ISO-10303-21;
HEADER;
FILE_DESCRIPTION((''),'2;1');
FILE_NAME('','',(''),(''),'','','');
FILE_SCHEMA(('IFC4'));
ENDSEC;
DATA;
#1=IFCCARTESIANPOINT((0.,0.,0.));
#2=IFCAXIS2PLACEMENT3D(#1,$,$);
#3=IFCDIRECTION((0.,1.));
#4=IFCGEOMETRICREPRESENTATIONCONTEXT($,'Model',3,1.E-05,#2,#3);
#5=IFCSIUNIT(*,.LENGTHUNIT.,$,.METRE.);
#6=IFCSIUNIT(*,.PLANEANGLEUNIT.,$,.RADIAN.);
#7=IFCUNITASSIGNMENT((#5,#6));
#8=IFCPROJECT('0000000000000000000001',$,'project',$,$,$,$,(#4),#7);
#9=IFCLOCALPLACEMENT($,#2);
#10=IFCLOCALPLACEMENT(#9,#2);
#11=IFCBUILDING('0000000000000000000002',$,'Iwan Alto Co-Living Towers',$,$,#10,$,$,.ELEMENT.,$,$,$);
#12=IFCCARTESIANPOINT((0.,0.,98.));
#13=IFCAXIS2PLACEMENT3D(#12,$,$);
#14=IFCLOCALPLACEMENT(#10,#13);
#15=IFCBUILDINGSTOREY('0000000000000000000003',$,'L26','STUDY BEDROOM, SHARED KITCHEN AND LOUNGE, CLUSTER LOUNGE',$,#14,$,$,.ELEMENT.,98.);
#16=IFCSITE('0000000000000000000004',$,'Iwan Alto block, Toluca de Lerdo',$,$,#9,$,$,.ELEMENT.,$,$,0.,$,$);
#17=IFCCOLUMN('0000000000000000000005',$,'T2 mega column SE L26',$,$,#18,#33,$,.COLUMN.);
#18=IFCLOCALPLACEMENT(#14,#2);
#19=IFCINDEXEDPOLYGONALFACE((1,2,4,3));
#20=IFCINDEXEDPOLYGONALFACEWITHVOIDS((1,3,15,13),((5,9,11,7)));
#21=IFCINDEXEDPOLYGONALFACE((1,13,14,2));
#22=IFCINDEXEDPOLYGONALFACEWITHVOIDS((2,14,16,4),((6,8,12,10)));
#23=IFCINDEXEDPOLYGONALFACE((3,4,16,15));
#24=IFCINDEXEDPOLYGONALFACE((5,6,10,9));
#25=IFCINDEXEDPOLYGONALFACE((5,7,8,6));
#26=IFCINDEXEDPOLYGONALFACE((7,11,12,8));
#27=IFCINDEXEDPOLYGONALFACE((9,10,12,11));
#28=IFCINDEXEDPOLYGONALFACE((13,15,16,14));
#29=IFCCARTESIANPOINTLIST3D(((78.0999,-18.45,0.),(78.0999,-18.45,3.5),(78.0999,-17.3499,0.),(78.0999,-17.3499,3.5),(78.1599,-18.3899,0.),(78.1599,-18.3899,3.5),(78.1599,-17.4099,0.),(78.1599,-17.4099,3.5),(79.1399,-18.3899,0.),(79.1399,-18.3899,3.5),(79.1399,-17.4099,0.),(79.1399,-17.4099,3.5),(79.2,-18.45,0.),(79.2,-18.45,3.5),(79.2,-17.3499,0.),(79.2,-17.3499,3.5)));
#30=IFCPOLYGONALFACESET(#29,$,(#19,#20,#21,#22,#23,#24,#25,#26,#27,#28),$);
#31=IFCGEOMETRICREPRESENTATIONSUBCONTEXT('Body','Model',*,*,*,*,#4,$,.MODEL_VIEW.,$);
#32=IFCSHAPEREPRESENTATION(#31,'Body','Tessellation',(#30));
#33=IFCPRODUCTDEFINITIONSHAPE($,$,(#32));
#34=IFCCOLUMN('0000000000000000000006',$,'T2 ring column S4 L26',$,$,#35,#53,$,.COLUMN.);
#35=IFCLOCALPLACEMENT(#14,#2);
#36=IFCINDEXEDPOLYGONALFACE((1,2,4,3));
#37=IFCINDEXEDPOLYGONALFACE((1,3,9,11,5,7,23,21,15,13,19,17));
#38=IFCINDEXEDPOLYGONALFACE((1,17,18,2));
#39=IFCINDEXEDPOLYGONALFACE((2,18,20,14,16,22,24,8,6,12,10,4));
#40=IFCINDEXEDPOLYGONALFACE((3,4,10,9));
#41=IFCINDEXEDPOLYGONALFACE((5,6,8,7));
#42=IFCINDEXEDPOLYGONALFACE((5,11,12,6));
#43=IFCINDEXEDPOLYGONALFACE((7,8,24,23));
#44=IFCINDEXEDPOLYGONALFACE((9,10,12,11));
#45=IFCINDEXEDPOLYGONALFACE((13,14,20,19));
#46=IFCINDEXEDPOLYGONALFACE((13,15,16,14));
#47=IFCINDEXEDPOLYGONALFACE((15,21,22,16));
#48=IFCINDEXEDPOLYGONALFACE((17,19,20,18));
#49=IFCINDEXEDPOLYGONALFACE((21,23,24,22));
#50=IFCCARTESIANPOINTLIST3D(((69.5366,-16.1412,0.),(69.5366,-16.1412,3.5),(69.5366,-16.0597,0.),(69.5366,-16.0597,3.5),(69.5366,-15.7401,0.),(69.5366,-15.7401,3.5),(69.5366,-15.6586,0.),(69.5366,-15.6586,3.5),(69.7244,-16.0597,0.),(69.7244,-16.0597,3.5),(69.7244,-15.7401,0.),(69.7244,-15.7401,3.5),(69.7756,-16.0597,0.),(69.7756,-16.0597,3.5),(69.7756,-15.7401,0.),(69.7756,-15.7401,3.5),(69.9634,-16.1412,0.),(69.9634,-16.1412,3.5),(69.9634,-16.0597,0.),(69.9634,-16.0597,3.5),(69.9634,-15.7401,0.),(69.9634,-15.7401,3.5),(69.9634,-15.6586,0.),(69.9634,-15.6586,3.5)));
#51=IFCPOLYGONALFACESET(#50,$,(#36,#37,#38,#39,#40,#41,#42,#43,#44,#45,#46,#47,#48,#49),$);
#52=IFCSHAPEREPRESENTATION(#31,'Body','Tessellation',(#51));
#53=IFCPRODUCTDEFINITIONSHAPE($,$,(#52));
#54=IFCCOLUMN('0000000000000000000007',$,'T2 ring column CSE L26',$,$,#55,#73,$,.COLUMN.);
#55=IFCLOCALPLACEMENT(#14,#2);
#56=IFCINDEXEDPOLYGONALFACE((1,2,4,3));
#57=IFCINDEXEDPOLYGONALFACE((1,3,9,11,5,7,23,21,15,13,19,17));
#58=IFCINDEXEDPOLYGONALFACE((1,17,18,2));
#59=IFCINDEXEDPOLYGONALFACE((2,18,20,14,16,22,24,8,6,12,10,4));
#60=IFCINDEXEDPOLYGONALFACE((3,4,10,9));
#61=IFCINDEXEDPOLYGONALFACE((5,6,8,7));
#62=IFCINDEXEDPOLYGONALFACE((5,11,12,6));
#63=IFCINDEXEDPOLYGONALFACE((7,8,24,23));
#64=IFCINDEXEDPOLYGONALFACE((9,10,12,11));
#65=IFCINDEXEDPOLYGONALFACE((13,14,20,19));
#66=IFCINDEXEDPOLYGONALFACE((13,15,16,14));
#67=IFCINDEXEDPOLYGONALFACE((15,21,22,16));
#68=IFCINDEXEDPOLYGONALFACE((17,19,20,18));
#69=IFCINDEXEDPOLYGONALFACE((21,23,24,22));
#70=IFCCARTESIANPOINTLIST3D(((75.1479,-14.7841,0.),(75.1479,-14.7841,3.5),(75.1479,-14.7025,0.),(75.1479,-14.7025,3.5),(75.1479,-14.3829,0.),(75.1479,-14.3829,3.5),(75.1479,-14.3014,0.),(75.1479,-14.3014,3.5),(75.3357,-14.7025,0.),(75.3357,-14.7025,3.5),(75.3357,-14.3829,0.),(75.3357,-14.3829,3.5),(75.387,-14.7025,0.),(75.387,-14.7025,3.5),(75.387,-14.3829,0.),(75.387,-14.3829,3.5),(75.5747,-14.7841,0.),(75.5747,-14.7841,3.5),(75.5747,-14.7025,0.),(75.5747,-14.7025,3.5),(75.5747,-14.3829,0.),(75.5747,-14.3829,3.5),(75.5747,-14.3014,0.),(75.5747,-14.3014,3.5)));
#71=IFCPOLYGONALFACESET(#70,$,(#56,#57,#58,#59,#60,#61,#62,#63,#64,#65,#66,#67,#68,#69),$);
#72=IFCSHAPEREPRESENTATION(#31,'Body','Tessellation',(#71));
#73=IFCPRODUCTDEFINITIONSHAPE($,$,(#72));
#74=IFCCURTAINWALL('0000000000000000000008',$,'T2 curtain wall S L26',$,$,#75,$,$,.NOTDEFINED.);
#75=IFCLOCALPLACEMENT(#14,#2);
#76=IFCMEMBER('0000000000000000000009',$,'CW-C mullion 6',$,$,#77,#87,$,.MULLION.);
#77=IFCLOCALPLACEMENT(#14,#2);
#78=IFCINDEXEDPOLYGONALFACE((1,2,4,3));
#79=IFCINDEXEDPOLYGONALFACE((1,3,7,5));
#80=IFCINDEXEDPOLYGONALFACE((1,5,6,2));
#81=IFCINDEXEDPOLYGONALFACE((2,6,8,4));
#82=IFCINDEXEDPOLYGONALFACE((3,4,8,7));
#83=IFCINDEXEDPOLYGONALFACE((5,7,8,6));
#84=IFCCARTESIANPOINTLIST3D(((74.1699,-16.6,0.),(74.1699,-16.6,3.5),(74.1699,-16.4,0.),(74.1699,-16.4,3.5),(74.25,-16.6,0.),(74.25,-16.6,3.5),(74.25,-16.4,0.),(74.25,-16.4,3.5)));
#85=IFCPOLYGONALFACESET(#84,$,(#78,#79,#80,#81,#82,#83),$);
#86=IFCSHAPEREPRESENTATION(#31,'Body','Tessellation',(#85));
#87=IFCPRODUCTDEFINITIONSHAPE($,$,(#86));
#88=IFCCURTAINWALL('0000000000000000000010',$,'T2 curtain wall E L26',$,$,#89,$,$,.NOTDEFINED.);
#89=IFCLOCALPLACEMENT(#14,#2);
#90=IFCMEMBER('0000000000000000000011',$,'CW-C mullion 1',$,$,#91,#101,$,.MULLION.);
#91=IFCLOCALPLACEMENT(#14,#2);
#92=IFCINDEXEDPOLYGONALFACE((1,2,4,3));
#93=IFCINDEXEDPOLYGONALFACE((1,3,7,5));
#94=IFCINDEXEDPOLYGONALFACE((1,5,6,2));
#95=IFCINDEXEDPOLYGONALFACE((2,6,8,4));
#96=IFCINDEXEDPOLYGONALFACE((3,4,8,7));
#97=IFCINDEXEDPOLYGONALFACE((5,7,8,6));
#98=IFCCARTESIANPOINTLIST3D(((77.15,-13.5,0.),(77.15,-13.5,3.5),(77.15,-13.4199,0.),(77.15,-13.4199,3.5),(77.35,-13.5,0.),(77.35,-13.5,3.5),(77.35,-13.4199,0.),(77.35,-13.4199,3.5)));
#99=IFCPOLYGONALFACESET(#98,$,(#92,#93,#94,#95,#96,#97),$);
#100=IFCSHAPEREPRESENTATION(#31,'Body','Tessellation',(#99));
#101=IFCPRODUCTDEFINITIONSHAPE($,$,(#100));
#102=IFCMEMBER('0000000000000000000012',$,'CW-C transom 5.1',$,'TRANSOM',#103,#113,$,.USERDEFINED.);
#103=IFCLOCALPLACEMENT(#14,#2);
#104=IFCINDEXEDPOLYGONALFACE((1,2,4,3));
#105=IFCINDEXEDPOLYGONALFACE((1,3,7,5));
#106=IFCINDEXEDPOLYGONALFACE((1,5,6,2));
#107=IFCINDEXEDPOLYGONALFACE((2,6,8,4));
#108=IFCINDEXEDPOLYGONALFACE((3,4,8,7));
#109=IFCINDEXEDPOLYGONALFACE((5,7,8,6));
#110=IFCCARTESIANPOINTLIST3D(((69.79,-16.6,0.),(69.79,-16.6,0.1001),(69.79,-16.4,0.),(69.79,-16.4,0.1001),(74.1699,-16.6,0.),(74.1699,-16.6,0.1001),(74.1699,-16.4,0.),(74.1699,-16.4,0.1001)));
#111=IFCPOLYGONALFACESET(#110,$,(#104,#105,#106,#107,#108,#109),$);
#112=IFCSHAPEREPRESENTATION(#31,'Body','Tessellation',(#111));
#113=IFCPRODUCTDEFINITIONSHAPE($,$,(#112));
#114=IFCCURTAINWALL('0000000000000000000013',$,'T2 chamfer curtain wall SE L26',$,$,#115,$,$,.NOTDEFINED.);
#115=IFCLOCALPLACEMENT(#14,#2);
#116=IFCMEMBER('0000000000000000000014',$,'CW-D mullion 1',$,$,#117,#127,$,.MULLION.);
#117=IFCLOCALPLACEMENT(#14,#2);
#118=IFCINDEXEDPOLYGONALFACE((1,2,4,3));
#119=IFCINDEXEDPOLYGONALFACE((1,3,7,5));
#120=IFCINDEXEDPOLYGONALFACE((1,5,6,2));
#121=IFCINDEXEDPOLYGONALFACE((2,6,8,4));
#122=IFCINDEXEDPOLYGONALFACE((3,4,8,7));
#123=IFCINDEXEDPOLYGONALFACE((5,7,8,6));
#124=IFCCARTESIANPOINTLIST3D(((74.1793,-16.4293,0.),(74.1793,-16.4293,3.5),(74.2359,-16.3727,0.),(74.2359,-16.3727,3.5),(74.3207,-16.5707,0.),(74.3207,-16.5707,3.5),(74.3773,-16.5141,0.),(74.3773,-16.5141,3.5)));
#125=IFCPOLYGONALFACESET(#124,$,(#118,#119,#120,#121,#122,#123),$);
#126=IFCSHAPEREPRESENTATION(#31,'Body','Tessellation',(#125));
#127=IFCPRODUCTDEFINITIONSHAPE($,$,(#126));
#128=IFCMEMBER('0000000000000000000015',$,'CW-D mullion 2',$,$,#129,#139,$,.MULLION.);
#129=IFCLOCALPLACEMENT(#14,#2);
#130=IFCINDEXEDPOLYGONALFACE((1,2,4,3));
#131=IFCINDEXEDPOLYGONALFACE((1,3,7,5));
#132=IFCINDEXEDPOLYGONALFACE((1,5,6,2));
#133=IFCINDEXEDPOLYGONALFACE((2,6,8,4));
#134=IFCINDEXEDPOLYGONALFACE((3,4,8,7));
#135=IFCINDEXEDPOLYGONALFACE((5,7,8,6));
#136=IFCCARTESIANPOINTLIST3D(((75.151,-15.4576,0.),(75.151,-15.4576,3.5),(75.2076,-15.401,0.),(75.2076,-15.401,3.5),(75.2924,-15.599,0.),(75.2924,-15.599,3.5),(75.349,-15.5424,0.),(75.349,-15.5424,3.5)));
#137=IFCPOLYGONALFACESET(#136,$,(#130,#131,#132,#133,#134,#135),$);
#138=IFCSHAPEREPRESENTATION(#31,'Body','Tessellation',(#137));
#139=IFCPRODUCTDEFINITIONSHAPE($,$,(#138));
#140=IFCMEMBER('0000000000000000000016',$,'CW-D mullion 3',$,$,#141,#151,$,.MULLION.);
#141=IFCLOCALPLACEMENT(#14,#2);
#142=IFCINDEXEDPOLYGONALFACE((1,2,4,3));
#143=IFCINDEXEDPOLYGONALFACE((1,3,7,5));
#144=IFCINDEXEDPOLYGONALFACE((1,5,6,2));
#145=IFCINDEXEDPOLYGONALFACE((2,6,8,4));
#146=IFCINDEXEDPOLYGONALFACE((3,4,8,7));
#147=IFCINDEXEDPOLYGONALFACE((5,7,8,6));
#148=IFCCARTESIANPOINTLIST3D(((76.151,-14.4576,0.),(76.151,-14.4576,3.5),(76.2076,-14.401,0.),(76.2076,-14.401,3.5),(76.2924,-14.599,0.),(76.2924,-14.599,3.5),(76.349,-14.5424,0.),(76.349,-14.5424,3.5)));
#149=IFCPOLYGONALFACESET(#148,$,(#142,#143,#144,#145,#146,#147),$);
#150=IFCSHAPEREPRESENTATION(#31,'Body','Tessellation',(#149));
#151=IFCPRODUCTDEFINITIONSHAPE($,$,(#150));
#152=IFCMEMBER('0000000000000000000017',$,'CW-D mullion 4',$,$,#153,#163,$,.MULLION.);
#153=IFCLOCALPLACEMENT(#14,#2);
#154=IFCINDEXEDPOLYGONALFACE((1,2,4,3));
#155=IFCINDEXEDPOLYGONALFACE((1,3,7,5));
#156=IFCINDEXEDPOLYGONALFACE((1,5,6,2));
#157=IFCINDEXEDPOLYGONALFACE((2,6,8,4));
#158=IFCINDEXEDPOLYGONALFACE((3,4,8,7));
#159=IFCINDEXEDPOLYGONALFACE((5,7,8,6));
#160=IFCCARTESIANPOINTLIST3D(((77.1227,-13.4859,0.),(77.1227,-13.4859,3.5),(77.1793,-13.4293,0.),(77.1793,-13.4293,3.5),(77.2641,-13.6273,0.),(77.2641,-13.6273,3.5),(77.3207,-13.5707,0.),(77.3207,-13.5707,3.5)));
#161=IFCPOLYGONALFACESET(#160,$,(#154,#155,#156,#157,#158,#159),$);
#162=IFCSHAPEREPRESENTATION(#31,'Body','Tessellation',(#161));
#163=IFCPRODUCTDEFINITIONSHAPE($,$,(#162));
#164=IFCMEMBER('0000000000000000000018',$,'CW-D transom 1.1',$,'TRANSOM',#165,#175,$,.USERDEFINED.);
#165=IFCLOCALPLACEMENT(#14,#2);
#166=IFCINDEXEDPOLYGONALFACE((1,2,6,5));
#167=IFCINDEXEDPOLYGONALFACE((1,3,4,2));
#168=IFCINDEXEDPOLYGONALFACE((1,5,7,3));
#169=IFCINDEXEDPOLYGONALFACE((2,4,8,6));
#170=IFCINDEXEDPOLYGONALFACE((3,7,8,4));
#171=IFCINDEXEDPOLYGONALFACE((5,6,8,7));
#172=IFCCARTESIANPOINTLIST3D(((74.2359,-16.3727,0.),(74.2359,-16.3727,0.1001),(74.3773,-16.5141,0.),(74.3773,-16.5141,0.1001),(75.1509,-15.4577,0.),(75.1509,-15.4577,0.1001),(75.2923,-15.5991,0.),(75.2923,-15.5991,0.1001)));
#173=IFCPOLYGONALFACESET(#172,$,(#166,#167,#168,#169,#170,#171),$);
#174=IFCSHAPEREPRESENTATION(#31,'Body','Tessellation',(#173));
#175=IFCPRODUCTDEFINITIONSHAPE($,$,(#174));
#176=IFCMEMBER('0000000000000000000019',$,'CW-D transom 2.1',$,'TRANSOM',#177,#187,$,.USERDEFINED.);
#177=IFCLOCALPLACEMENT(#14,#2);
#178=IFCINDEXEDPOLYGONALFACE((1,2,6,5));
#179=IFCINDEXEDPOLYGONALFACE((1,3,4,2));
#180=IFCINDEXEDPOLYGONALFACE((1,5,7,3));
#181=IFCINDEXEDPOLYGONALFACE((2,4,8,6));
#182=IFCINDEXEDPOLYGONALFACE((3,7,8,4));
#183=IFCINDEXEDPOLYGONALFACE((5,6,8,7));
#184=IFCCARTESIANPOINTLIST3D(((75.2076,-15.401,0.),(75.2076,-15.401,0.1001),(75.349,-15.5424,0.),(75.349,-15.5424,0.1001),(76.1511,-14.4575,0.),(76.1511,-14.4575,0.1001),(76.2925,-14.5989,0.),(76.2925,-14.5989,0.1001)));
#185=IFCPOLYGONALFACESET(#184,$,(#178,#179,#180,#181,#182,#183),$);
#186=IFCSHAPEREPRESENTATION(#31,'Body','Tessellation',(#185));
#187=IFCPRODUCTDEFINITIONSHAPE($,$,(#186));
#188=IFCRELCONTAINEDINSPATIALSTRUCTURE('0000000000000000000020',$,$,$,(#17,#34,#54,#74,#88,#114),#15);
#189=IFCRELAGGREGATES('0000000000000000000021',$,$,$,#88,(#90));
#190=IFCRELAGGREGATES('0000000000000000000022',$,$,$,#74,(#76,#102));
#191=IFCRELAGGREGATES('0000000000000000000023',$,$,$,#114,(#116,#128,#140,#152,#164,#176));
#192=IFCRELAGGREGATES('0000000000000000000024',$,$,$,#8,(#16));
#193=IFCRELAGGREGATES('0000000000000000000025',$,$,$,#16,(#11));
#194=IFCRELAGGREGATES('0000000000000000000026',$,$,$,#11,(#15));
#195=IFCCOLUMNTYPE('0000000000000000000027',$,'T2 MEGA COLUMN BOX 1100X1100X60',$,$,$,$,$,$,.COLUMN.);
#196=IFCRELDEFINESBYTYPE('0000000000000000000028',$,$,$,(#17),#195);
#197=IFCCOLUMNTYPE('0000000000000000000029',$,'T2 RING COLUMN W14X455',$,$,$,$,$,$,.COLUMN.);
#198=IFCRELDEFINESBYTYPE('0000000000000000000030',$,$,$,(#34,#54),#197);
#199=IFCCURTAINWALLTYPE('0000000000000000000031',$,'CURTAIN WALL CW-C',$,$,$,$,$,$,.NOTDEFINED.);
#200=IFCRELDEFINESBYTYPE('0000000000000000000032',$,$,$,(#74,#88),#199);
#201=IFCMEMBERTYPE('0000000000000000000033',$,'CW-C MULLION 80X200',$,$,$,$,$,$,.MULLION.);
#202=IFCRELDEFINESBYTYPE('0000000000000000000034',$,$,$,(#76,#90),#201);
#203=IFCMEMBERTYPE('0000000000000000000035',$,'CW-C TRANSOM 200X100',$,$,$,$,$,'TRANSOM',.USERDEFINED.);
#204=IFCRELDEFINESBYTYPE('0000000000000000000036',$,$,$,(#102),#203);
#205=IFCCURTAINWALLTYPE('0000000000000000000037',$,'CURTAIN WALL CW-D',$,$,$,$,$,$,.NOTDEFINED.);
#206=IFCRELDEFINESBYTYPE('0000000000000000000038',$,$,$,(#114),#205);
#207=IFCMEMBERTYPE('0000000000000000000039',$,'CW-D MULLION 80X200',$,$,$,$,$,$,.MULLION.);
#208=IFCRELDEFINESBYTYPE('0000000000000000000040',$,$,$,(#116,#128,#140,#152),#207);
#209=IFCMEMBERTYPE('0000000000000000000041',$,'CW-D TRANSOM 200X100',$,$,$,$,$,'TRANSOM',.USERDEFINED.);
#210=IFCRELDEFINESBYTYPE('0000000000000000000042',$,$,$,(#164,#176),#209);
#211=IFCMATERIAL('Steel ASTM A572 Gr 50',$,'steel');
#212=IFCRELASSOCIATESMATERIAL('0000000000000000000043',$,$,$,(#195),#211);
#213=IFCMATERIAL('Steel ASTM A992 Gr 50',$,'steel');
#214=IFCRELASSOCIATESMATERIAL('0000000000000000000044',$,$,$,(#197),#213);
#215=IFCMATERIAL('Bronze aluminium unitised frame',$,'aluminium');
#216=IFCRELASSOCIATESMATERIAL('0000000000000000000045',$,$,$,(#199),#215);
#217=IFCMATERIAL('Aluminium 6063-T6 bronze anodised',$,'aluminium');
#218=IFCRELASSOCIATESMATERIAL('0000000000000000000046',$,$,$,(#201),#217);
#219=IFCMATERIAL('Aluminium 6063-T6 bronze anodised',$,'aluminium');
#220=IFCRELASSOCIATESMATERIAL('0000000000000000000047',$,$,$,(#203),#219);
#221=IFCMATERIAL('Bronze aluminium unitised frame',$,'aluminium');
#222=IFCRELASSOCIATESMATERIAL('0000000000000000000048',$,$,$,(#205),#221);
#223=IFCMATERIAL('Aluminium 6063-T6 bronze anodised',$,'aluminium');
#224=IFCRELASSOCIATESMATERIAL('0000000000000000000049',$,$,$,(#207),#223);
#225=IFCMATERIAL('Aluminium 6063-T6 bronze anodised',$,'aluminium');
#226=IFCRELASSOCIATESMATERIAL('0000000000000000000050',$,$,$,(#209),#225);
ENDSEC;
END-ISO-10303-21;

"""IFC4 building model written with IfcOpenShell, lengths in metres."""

from ifc_helpers import new_model, si_unit, direction, frame, origin, origin_2d, place, context, subcontext, project, spatial, rectangle, hollow_rectangle, i_section, extrude, material, material_profile, profile_set, type_object, element, aggregate, save


model = new_model("IFC4")

# Units and contexts
model_context = context("Model", 3, precision=1e-05, world=origin(), true_north=direction((0.0, 1.0)))
body_context = subcontext(model_context, "Body", "Model", "MODEL_VIEW")
ifc_project = project(units=[si_unit("LENGTHUNIT", "METRE"), si_unit("PLANEANGLEUNIT", "RADIAN")], contexts=[model_context])

# Site, building, storey
site_placement = place(None, origin())
site = spatial("IfcSite", under=ifc_project, at=site_placement, Name="Iwan Alto block, Toluca de Lerdo", CompositionType="ELEMENT", RefElevation=0.0)
building_placement = place(site_placement, origin())
building = spatial("IfcBuilding", under=site, at=building_placement, Name="Iwan Alto Co-Living Towers", CompositionType="ELEMENT")
storey_placement = place(building_placement, frame((0.0, 0.0, 98.0)))
storey = spatial("IfcBuildingStorey", under=building, at=storey_placement, Name="L26", Description="STUDY BEDROOM, SHARED KITCHEN AND LOUNGE, CLUSTER LOUNGE", CompositionType="ELEMENT", Elevation=98.0)

# Columns
ifc_material_1 = material(Name="Steel ASTM A572 Gr 50", Category="steel")
ifc_material_profile_1 = material_profile(ifc_material_1, hollow_rectangle(XDim=1.1001, YDim=1.1001, WallThickness=0.0601, at=origin_2d()), Name="BOX 1100X1100X60")
ifc_profile_set_1 = profile_set([ifc_material_profile_1], Name="Steel ASTM A572 Gr 50")
column_type_1 = type_object("IfcColumnType", Name="T2 MEGA COLUMN BOX 1100X1100X60", PredefinedType="COLUMN", material=ifc_profile_set_1)
column_placement = place(storey_placement, frame((78.6499, -17.8999, 0.0), z_axis=(0.0, 0.0, 1.0), x_axis=(1.0, 0.0, 0.0)))
element("IfcColumn", 1, at=column_placement, inside=storey, type_object=column_type_1, Name="T2 mega column SE L26", PredefinedType="COLUMN", context=body_context, shape_type="SweptSolid", body=[
    extrude(hollow_rectangle(XDim=1.1001, YDim=1.1001, WallThickness=0.0601, at=origin_2d()), origin(), (0.0, 0.0, 1.0), 3.5),
])
ifc_material_2 = material(Name="Steel ASTM A992 Gr 50", Category="steel")
ifc_material_profile_2 = material_profile(ifc_material_2, i_section(OverallWidth=0.4268, OverallDepth=0.4827, WebThickness=0.0513, FlangeThickness=0.0815, at=origin_2d()), Name="W14X455")
ifc_profile_set_2 = profile_set([ifc_material_profile_2], Name="Steel ASTM A992 Gr 50")
column_type_2 = type_object("IfcColumnType", Name="T2 RING COLUMN W14X455", PredefinedType="COLUMN", material=ifc_profile_set_2)
for number, where, z_axis, x_axis, name in (
    (2, (69.75, -15.8999, 0.0), (0.0, 0.0, 1.0), (1.0, 0.0, 0.0), "T2 ring column S4 L26"),
    (3, (75.3613, -14.5427, 0.0), (0.0, 0.0, 1.0), (1.0, 0.0, 0.0), "T2 ring column CSE L26"),
):
    element("IfcColumn", number, at=place(storey_placement, frame(where, z_axis=z_axis, x_axis=x_axis)), inside=storey, type_object=column_type_2, Name=name, PredefinedType="COLUMN", context=body_context, shape_type="SweptSolid", body=[
        extrude(i_section(OverallWidth=0.4268, OverallDepth=0.4827, WebThickness=0.0513, FlangeThickness=0.0815, at=origin_2d()), origin(), (0.0, 0.0, 1.0), 3.5),
    ])

# Curtain walls, members
ifc_material_3 = material(Name="Bronze aluminium unitised frame", Category="aluminium")
curtain_wall_type_1 = type_object("IfcCurtainWallType", Name="CURTAIN WALL CW-C", PredefinedType="NOTDEFINED", material=ifc_material_3)
curtain_wall_1_placement = place(storey_placement, origin())
curtain_wall_1 = element("IfcCurtainWall", 4, at=curtain_wall_1_placement, inside=storey, type_object=curtain_wall_type_1, Name="T2 curtain wall S L26", PredefinedType="NOTDEFINED")
ifc_material_4 = material(Name="Aluminium 6063-T6 bronze anodised", Category="aluminium")
ifc_material_profile_3 = material_profile(ifc_material_4, rectangle(XDim=0.2, YDim=0.0801, at=origin_2d()), Name="AL 80X200")
ifc_profile_set_3 = profile_set([ifc_material_profile_3], Name="Aluminium 6063-T6 bronze anodised")
member_type_1 = type_object("IfcMemberType", Name="CW-C MULLION 80X200", PredefinedType="MULLION", material=ifc_profile_set_3)
member_1_placement = place(storey_placement, frame((74.21, -16.5, 0.0), z_axis=(0.0, 0.0, 1.0), x_axis=(0.0, 1.0, 0.0)))
member_1 = element("IfcMember", 5, at=member_1_placement, type_object=member_type_1, Name="CW-C mullion 6", PredefinedType="MULLION", context=body_context, shape_type="SweptSolid", body=[
    extrude(rectangle(XDim=0.2, YDim=0.0801, at=origin_2d()), origin(), (0.0, 0.0, 1.0), 3.5),
])
curtain_wall_2_placement = place(storey_placement, origin())
curtain_wall_2 = element("IfcCurtainWall", 6, at=curtain_wall_2_placement, inside=storey, type_object=curtain_wall_type_1, Name="T2 curtain wall E L26", PredefinedType="NOTDEFINED")
member_2_placement = place(storey_placement, frame((77.25, -13.46, 0.0), z_axis=(0.0, 0.0, 1.0), x_axis=(-1.0, 0.0, 0.0)))
member_2 = element("IfcMember", 7, at=member_2_placement, type_object=member_type_1, Name="CW-C mullion 1", PredefinedType="MULLION", context=body_context, shape_type="SweptSolid", body=[
    extrude(rectangle(XDim=0.2, YDim=0.0801, at=origin_2d()), origin(), (0.0, 0.0, 1.0), 3.5),
])
aggregate(curtain_wall_2, [member_2])

# Member
ifc_material_5 = material(Name="Aluminium 6063-T6 bronze anodised", Category="aluminium")
ifc_material_profile_4 = material_profile(ifc_material_5, rectangle(XDim=0.2, YDim=0.1001, at=origin_2d()), Name="AL 200X100")
ifc_profile_set_4 = profile_set([ifc_material_profile_4], Name="Aluminium 6063-T6 bronze anodised")
member_type_2 = type_object("IfcMemberType", Name="CW-C TRANSOM 200X100", ElementType="TRANSOM", PredefinedType="USERDEFINED", material=ifc_profile_set_4)
member_3_placement = place(storey_placement, frame((69.79, -16.5, 0.05), z_axis=(1.0, 0.0, 0.0), x_axis=(0.0, 1.0, 0.0)))
member_3 = element("IfcMember", 8, at=member_3_placement, type_object=member_type_2, Name="CW-C transom 5.1", ObjectType="TRANSOM", PredefinedType="USERDEFINED", context=body_context, shape_type="SweptSolid", body=[
    extrude(rectangle(XDim=0.2, YDim=0.1001, at=origin_2d()), origin(), (0.0, 0.0, 1.0), 4.3799),
])

# Curtain wall, members
ifc_material_6 = material(Name="Bronze aluminium unitised frame", Category="aluminium")
curtain_wall_type_2 = type_object("IfcCurtainWallType", Name="CURTAIN WALL CW-D", PredefinedType="NOTDEFINED", material=ifc_material_6)
curtain_wall_3_placement = place(storey_placement, origin())
curtain_wall_3 = element("IfcCurtainWall", 9, at=curtain_wall_3_placement, inside=storey, type_object=curtain_wall_type_2, Name="T2 chamfer curtain wall SE L26", PredefinedType="NOTDEFINED")
ifc_material_7 = material(Name="Aluminium 6063-T6 bronze anodised", Category="aluminium")
ifc_material_profile_5 = material_profile(ifc_material_7, rectangle(XDim=0.2, YDim=0.0801, at=origin_2d()), Name="AL 80X200")
ifc_profile_set_5 = profile_set([ifc_material_profile_5], Name="Aluminium 6063-T6 bronze anodised")
member_type_3 = type_object("IfcMemberType", Name="CW-D MULLION 80X200", PredefinedType="MULLION", material=ifc_profile_set_5)
member_4_placement = place(storey_placement, frame((74.2783, -16.4717, 0.0), z_axis=(0.0, 0.0, 1.0), x_axis=(-0.707107, 0.707107, 0.0)))
member_4 = element("IfcMember", 10, at=member_4_placement, type_object=member_type_3, Name="CW-D mullion 1", PredefinedType="MULLION", context=body_context, shape_type="SweptSolid", body=[
    extrude(rectangle(XDim=0.2, YDim=0.0801, at=origin_2d()), origin(), (0.0, 0.0, 1.0), 3.5),
])
member_5_placement = place(storey_placement, frame((75.25, -15.5, 0.0), z_axis=(0.0, 0.0, 1.0), x_axis=(-0.707107, 0.707107, 0.0)))
member_5 = element("IfcMember", 11, at=member_5_placement, type_object=member_type_3, Name="CW-D mullion 2", PredefinedType="MULLION", context=body_context, shape_type="SweptSolid", body=[
    extrude(rectangle(XDim=0.2, YDim=0.0801, at=origin_2d()), origin(), (0.0, 0.0, 1.0), 3.5),
])
member_6_placement = place(storey_placement, frame((76.25, -14.5, 0.0), z_axis=(0.0, 0.0, 1.0), x_axis=(-0.707107, 0.707107, 0.0)))
member_6 = element("IfcMember", 12, at=member_6_placement, type_object=member_type_3, Name="CW-D mullion 3", PredefinedType="MULLION", context=body_context, shape_type="SweptSolid", body=[
    extrude(rectangle(XDim=0.2, YDim=0.0801, at=origin_2d()), origin(), (0.0, 0.0, 1.0), 3.5),
])
member_7_placement = place(storey_placement, frame((77.2217, -13.5283, 0.0), z_axis=(0.0, 0.0, 1.0), x_axis=(-0.707107, 0.707107, 0.0)))
member_7 = element("IfcMember", 13, at=member_7_placement, type_object=member_type_3, Name="CW-D mullion 4", PredefinedType="MULLION", context=body_context, shape_type="SweptSolid", body=[
    extrude(rectangle(XDim=0.2, YDim=0.0801, at=origin_2d()), origin(), (0.0, 0.0, 1.0), 3.5),
])
ifc_material_8 = material(Name="Aluminium 6063-T6 bronze anodised", Category="aluminium")
ifc_material_profile_6 = material_profile(ifc_material_8, rectangle(XDim=0.2, YDim=0.1001, at=origin_2d()), Name="AL 200X100")
ifc_profile_set_6 = profile_set([ifc_material_profile_6], Name="Aluminium 6063-T6 bronze anodised")
member_type_4 = type_object("IfcMemberType", Name="CW-D TRANSOM 200X100", ElementType="TRANSOM", PredefinedType="USERDEFINED", material=ifc_profile_set_6)
member_8_placement = place(storey_placement, frame((74.3066, -16.4434, 0.05), z_axis=(0.707107, 0.707107, 0.0), x_axis=(-0.707107, 0.707107, 0.0)))
member_8 = element("IfcMember", 14, at=member_8_placement, type_object=member_type_4, Name="CW-D transom 1.1", ObjectType="TRANSOM", PredefinedType="USERDEFINED", context=body_context, shape_type="SweptSolid", body=[
    extrude(rectangle(XDim=0.2, YDim=0.1001, at=origin_2d()), origin(), (0.0, 0.0, 1.0), 1.2939),
])
member_9_placement = place(storey_placement, frame((75.2783, -15.4717, 0.05), z_axis=(0.707107, 0.707107, 0.0), x_axis=(-0.707107, 0.707107, 0.0)))
member_9 = element("IfcMember", 15, at=member_9_placement, type_object=member_type_4, Name="CW-D transom 2.1", ObjectType="TRANSOM", PredefinedType="USERDEFINED", context=body_context, shape_type="SweptSolid", body=[
    extrude(rectangle(XDim=0.2, YDim=0.1001, at=origin_2d()), origin(), (0.0, 0.0, 1.0), 1.3342),
])

aggregate(curtain_wall_1, [member_1, member_3])
aggregate(curtain_wall_3, [member_4, member_5, member_6, member_7, member_8, member_9])

save(model, "model.ifc")
